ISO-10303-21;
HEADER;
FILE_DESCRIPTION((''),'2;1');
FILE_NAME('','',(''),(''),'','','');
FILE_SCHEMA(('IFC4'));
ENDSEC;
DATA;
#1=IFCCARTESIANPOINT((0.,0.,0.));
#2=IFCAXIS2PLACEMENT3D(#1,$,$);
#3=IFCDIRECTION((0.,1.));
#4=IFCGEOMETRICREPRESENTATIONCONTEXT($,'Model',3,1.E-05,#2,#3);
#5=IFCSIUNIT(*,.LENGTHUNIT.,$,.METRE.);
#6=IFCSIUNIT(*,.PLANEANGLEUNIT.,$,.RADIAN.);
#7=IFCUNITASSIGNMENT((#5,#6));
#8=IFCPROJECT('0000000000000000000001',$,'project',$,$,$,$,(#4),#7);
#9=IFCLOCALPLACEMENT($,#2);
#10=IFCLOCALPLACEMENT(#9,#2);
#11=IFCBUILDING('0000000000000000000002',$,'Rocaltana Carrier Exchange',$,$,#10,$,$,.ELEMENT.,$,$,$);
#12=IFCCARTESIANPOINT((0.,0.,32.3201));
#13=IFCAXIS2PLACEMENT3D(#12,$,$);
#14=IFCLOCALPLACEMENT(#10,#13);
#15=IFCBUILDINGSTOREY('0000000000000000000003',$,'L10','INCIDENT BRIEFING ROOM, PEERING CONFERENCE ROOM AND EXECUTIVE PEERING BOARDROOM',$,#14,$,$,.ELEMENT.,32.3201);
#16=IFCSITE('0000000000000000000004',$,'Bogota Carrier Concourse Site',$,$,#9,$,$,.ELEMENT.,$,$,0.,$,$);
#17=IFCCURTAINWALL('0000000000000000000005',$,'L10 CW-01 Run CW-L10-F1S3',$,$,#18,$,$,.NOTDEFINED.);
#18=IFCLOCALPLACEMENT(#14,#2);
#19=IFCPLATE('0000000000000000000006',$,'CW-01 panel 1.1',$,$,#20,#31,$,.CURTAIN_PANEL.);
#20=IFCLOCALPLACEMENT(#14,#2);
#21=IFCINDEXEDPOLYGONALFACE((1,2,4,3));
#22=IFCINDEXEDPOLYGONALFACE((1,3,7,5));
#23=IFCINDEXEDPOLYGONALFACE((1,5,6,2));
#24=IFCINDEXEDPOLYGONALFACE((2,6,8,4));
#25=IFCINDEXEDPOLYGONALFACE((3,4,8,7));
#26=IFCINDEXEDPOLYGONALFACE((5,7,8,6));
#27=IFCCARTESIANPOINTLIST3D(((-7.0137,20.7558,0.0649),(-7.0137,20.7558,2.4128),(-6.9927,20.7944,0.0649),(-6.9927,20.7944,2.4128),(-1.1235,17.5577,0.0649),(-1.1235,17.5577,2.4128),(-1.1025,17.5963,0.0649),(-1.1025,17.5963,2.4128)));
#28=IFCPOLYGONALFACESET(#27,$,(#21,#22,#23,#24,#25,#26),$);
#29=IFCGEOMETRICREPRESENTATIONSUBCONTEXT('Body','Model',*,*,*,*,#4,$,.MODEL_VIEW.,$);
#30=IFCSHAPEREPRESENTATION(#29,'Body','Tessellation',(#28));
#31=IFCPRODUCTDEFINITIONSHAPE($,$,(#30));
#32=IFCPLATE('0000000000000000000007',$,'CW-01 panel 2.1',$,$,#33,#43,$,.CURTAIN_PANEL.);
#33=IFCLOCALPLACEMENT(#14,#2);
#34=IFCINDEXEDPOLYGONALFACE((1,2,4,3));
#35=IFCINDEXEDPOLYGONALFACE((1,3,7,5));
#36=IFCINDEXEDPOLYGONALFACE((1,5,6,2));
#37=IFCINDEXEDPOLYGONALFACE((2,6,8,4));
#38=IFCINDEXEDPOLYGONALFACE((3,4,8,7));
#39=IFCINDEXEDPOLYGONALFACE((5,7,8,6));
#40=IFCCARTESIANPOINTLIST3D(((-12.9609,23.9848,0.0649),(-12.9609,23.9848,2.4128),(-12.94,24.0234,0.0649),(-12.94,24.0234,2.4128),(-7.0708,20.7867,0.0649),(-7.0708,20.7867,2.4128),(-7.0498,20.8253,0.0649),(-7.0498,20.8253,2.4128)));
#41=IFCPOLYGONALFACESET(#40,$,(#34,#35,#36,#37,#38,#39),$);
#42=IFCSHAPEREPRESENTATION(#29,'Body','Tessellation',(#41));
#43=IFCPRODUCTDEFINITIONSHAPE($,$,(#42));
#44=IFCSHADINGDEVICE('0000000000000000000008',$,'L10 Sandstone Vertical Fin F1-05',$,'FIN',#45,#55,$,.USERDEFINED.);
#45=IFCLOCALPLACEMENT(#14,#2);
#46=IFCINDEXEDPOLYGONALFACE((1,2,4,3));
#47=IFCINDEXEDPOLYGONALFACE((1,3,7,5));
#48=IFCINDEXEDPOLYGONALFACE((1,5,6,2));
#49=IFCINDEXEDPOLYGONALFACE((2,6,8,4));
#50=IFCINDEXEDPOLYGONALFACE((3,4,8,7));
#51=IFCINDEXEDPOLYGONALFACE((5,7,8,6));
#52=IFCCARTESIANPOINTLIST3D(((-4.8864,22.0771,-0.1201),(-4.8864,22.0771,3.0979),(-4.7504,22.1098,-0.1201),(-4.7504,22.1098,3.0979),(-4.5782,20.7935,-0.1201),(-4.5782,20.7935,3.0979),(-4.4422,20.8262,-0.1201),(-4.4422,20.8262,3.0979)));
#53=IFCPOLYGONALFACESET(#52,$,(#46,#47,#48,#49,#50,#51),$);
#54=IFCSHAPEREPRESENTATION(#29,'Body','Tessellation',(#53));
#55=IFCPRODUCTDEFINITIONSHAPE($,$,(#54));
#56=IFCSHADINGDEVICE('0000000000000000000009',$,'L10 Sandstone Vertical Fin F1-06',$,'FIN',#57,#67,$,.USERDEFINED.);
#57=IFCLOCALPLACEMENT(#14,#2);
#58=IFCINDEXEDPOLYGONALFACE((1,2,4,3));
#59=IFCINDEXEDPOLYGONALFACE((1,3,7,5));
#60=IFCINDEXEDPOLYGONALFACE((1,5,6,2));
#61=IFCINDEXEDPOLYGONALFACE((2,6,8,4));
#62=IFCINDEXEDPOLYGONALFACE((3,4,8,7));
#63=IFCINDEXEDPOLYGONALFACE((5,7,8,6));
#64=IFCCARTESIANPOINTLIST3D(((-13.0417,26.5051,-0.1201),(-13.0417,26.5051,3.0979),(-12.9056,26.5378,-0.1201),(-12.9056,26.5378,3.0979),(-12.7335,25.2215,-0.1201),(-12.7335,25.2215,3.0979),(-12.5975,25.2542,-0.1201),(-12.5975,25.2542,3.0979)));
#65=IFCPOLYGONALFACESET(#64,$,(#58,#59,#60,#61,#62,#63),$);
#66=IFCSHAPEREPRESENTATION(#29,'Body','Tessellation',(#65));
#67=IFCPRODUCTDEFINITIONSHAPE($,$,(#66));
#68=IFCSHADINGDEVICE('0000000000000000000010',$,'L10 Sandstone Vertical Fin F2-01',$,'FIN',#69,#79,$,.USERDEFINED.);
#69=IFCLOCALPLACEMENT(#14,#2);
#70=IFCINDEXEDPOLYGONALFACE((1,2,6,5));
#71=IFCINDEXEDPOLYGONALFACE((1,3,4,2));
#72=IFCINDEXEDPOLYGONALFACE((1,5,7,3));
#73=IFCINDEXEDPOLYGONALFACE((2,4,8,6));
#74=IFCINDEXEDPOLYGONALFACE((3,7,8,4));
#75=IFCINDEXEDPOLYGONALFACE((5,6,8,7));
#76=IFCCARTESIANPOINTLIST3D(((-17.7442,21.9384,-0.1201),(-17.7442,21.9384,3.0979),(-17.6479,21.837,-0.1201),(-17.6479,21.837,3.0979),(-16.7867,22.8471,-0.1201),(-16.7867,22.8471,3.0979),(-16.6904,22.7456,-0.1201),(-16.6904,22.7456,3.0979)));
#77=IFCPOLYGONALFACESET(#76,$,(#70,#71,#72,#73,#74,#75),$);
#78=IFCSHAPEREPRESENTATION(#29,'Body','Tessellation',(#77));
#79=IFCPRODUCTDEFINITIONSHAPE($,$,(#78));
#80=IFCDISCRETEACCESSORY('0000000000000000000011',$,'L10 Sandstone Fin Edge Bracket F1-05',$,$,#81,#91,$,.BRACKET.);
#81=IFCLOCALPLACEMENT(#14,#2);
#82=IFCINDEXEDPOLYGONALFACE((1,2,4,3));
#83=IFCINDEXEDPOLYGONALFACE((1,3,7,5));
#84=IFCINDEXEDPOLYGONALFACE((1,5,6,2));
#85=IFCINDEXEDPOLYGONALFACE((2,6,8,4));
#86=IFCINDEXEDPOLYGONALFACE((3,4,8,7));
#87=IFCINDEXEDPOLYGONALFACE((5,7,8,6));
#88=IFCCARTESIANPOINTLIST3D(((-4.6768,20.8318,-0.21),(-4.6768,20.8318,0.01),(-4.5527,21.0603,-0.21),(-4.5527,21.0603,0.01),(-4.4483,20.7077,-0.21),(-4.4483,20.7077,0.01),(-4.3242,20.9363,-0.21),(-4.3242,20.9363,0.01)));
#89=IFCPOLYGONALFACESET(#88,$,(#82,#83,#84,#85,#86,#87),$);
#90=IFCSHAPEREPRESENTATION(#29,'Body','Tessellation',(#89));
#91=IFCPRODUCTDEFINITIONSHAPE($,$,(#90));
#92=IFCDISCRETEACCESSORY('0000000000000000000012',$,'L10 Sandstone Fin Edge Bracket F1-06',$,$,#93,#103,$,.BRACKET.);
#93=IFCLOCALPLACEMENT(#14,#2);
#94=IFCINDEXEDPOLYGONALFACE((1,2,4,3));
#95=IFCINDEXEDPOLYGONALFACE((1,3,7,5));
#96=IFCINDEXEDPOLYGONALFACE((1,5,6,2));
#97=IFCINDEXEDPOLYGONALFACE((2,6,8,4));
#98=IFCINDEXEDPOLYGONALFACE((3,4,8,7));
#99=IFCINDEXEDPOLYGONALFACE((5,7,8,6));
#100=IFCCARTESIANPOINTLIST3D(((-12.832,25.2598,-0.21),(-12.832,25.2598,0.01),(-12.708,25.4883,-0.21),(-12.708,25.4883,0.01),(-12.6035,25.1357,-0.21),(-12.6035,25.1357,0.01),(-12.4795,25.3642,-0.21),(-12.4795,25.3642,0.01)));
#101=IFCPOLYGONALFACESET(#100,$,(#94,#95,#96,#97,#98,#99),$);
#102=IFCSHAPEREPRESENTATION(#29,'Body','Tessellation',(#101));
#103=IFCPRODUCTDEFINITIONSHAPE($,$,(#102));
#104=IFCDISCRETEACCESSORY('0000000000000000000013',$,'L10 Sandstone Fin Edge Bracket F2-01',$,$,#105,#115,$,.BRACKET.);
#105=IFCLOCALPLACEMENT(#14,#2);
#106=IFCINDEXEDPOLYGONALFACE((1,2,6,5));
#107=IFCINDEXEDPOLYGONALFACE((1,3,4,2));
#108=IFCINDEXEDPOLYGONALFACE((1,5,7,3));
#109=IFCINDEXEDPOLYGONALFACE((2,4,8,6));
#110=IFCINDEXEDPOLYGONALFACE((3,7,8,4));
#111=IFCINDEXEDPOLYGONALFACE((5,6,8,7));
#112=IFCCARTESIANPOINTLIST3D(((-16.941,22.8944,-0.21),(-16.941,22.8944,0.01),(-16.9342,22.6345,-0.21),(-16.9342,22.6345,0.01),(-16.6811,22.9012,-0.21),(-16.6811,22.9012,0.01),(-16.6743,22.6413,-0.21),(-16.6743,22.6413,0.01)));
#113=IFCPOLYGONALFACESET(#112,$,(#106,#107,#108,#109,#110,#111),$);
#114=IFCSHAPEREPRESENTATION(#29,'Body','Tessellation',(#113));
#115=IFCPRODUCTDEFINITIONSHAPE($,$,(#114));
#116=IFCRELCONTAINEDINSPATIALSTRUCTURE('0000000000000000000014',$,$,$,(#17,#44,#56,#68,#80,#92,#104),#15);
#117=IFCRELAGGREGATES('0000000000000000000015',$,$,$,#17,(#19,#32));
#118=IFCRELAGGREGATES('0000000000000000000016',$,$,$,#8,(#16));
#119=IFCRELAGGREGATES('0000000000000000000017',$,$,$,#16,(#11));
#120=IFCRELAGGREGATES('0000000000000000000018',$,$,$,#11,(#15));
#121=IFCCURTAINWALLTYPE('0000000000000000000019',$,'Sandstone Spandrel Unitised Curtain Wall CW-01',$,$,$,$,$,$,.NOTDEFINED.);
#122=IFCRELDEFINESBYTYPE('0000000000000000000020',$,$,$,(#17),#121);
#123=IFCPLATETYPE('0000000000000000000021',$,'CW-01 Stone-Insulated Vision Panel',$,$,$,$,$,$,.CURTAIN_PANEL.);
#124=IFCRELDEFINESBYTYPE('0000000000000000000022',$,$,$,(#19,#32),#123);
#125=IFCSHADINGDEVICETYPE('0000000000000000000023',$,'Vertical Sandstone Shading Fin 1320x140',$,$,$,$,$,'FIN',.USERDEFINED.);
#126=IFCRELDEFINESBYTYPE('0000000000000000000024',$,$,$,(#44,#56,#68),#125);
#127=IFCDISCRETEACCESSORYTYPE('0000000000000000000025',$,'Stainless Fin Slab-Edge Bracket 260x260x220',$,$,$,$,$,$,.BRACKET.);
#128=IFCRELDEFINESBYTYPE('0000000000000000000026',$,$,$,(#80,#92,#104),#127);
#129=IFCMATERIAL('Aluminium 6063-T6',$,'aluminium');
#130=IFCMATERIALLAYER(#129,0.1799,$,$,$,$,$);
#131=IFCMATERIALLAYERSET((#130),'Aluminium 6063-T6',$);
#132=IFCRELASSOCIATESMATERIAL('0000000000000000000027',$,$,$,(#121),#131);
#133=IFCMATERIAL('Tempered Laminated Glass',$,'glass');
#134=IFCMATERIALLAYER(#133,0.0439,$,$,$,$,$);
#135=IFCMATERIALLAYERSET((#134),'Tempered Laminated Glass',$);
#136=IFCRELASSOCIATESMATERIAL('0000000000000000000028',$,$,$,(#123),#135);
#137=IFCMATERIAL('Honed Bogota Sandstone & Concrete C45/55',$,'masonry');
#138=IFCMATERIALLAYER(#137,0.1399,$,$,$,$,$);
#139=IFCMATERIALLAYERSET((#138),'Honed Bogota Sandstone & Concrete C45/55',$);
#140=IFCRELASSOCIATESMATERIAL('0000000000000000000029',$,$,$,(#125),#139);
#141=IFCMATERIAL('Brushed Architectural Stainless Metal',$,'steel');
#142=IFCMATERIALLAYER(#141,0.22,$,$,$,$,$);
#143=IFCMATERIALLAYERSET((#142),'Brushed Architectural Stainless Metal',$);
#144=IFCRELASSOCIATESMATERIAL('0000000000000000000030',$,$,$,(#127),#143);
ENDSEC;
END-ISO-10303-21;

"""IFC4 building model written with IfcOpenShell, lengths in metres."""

from ifc_helpers import new_model, si_unit, direction, frame, origin, origin_2d, place, context, subcontext, project, spatial, rectangle, extrude, material, layer, layer_set, type_object, element, aggregate, save


model = new_model("IFC4")

# Units and contexts
model_context = context("Model", 3, precision=1e-05, world=origin(), true_north=direction((0.0, 1.0)))
body_context = subcontext(model_context, "Body", "Model", "MODEL_VIEW")
ifc_project = project(units=[si_unit("LENGTHUNIT", "METRE"), si_unit("PLANEANGLEUNIT", "RADIAN")], contexts=[model_context])

# Site, building, storey
site_placement = place(None, origin())
site = spatial("IfcSite", under=ifc_project, at=site_placement, Name="Bogota Carrier Concourse Site", CompositionType="ELEMENT", RefElevation=0.0)
building_placement = place(site_placement, origin())
building = spatial("IfcBuilding", under=site, at=building_placement, Name="Rocaltana Carrier Exchange", CompositionType="ELEMENT")
storey_placement = place(building_placement, frame((0.0, 0.0, 32.3201)))
storey = spatial("IfcBuildingStorey", under=building, at=storey_placement, Name="L10", Description="INCIDENT BRIEFING ROOM, PEERING CONFERENCE ROOM AND EXECUTIVE PEERING BOARDROOM", CompositionType="ELEMENT", Elevation=32.3201)

# Curtain wall
ifc_material_1 = material(Name="Aluminium 6063-T6", Category="aluminium")
ifc_layer_1 = layer(ifc_material_1, 0.1799)
ifc_layer_set_1 = layer_set([ifc_layer_1], Name="Aluminium 6063-T6")
curtain_wall_type = type_object("IfcCurtainWallType", Name="Sandstone Spandrel Unitised Curtain Wall CW-01", PredefinedType="NOTDEFINED", material=ifc_layer_set_1)
curtain_wall_1_placement = place(storey_placement, origin())
curtain_wall_1 = element("IfcCurtainWall", 1, at=curtain_wall_1_placement, inside=storey, type_object=curtain_wall_type, Name="L10 CW-01 Run CW-L10-F1S3", PredefinedType="NOTDEFINED")

# Plates
ifc_material_2 = material(Name="Tempered Laminated Glass", Category="glass")
ifc_layer_2 = layer(ifc_material_2, 0.0439)
ifc_layer_set_2 = layer_set([ifc_layer_2], Name="Tempered Laminated Glass")
plate_type = type_object("IfcPlateType", Name="CW-01 Stone-Insulated Vision Panel", PredefinedType="CURTAIN_PANEL", material=ifc_layer_set_2)
plate_1_placement = place(storey_placement, frame((-4.0581, 19.176, 0.0649), z_axis=(0.0, 0.0, 1.0), x_axis=(-0.878819, 0.477156, 0.0)))
plate_1 = element("IfcPlate", 2, at=plate_1_placement, type_object=plate_type, Name="CW-01 panel 1.1", PredefinedType="CURTAIN_PANEL", context=body_context, shape_type="SweptSolid", body=[
    extrude(rectangle(XDim=6.7024, YDim=0.0439, at=origin_2d()), origin(), (0.0, 0.0, 1.0), 2.3479),
])
plate_2_placement = place(storey_placement, frame((-10.0054, 22.405, 0.0649), z_axis=(0.0, 0.0, 1.0), x_axis=(-0.878819, 0.477156, 0.0)))
plate_2 = element("IfcPlate", 3, at=plate_2_placement, type_object=plate_type, Name="CW-01 panel 2.1", PredefinedType="CURTAIN_PANEL", context=body_context, shape_type="SweptSolid", body=[
    extrude(rectangle(XDim=6.7024, YDim=0.0439, at=origin_2d()), origin(), (0.0, 0.0, 1.0), 2.3479),
])
aggregate(curtain_wall_1, [plate_1, plate_2])

# Shading devices
ifc_material_3 = material(Name="Honed Bogota Sandstone & Concrete C45/55", Category="masonry")
ifc_layer_3 = layer(ifc_material_3, 0.1399)
ifc_layer_set_3 = layer_set([ifc_layer_3], Name="Honed Bogota Sandstone & Concrete C45/55")
shading_device_type = type_object("IfcShadingDeviceType", Name="Vertical Sandstone Shading Fin 1320x140", ElementType="FIN", PredefinedType="USERDEFINED", material=ifc_layer_set_3)
for number, where, z_axis, x_axis, name in (
    (4, (-4.6643, 21.4517, -0.1201), (0.0, 0.0, 1.0), (-0.233445, 0.97237, 0.0), "L10 Sandstone Vertical Fin F1-05"),
    (5, (-12.8196, 25.8796, -0.1201), (0.0, 0.0, 1.0), (-0.233445, 0.97237, 0.0), "L10 Sandstone Vertical Fin F1-06"),
    (6, (-17.2173, 22.342, -0.1201), (0.0, 0.0, 1.0), (-0.725374, -0.688355, 0.0), "L10 Sandstone Vertical Fin F2-01"),
):
    element("IfcShadingDevice", number, at=place(storey_placement, frame(where, z_axis=z_axis, x_axis=x_axis)), inside=storey, type_object=shading_device_type, Name=name, ObjectType="FIN", PredefinedType="USERDEFINED", context=body_context, shape_type="SweptSolid", body=[
        extrude(rectangle(XDim=1.3201, YDim=0.1399, at=origin_2d()), origin(), (0.0, 0.0, 1.0), 3.218),
    ])

# Discrete accessories
ifc_material_4 = material(Name="Brushed Architectural Stainless Metal", Category="steel")
ifc_layer_4 = layer(ifc_material_4, 0.22)
ifc_layer_set_4 = layer_set([ifc_layer_4], Name="Brushed Architectural Stainless Metal")
discrete_accessory_type = type_object("IfcDiscreteAccessoryType", Name="Stainless Fin Slab-Edge Bracket 260x260x220", PredefinedType="BRACKET", material=ifc_layer_set_4)
for number, where, z_axis, x_axis, name in (
    (7, (-4.5005, 20.884, -0.21), (0.0, 0.0, 1.0), (-0.878817, 0.477159, 0.0), "L10 Sandstone Fin Edge Bracket F1-05"),
    (8, (-12.6558, 25.312, -0.21), (0.0, 0.0, 1.0), (-0.878817, 0.477159, 0.0), "L10 Sandstone Fin Edge Bracket F1-06"),
    (9, (-16.8076, 22.7678, -0.21), (0.0, 0.0, 1.0), (0.026177, -0.999657, 0.0), "L10 Sandstone Fin Edge Bracket F2-01"),
):
    element("IfcDiscreteAccessory", number, at=place(storey_placement, frame(where, z_axis=z_axis, x_axis=x_axis)), inside=storey, type_object=discrete_accessory_type, Name=name, PredefinedType="BRACKET", context=body_context, shape_type="SweptSolid", body=[
        extrude(rectangle(XDim=0.26, YDim=0.26, at=origin_2d()), origin(), (0.0, 0.0, 1.0), 0.22),
    ])

save(model, "model.ifc")
